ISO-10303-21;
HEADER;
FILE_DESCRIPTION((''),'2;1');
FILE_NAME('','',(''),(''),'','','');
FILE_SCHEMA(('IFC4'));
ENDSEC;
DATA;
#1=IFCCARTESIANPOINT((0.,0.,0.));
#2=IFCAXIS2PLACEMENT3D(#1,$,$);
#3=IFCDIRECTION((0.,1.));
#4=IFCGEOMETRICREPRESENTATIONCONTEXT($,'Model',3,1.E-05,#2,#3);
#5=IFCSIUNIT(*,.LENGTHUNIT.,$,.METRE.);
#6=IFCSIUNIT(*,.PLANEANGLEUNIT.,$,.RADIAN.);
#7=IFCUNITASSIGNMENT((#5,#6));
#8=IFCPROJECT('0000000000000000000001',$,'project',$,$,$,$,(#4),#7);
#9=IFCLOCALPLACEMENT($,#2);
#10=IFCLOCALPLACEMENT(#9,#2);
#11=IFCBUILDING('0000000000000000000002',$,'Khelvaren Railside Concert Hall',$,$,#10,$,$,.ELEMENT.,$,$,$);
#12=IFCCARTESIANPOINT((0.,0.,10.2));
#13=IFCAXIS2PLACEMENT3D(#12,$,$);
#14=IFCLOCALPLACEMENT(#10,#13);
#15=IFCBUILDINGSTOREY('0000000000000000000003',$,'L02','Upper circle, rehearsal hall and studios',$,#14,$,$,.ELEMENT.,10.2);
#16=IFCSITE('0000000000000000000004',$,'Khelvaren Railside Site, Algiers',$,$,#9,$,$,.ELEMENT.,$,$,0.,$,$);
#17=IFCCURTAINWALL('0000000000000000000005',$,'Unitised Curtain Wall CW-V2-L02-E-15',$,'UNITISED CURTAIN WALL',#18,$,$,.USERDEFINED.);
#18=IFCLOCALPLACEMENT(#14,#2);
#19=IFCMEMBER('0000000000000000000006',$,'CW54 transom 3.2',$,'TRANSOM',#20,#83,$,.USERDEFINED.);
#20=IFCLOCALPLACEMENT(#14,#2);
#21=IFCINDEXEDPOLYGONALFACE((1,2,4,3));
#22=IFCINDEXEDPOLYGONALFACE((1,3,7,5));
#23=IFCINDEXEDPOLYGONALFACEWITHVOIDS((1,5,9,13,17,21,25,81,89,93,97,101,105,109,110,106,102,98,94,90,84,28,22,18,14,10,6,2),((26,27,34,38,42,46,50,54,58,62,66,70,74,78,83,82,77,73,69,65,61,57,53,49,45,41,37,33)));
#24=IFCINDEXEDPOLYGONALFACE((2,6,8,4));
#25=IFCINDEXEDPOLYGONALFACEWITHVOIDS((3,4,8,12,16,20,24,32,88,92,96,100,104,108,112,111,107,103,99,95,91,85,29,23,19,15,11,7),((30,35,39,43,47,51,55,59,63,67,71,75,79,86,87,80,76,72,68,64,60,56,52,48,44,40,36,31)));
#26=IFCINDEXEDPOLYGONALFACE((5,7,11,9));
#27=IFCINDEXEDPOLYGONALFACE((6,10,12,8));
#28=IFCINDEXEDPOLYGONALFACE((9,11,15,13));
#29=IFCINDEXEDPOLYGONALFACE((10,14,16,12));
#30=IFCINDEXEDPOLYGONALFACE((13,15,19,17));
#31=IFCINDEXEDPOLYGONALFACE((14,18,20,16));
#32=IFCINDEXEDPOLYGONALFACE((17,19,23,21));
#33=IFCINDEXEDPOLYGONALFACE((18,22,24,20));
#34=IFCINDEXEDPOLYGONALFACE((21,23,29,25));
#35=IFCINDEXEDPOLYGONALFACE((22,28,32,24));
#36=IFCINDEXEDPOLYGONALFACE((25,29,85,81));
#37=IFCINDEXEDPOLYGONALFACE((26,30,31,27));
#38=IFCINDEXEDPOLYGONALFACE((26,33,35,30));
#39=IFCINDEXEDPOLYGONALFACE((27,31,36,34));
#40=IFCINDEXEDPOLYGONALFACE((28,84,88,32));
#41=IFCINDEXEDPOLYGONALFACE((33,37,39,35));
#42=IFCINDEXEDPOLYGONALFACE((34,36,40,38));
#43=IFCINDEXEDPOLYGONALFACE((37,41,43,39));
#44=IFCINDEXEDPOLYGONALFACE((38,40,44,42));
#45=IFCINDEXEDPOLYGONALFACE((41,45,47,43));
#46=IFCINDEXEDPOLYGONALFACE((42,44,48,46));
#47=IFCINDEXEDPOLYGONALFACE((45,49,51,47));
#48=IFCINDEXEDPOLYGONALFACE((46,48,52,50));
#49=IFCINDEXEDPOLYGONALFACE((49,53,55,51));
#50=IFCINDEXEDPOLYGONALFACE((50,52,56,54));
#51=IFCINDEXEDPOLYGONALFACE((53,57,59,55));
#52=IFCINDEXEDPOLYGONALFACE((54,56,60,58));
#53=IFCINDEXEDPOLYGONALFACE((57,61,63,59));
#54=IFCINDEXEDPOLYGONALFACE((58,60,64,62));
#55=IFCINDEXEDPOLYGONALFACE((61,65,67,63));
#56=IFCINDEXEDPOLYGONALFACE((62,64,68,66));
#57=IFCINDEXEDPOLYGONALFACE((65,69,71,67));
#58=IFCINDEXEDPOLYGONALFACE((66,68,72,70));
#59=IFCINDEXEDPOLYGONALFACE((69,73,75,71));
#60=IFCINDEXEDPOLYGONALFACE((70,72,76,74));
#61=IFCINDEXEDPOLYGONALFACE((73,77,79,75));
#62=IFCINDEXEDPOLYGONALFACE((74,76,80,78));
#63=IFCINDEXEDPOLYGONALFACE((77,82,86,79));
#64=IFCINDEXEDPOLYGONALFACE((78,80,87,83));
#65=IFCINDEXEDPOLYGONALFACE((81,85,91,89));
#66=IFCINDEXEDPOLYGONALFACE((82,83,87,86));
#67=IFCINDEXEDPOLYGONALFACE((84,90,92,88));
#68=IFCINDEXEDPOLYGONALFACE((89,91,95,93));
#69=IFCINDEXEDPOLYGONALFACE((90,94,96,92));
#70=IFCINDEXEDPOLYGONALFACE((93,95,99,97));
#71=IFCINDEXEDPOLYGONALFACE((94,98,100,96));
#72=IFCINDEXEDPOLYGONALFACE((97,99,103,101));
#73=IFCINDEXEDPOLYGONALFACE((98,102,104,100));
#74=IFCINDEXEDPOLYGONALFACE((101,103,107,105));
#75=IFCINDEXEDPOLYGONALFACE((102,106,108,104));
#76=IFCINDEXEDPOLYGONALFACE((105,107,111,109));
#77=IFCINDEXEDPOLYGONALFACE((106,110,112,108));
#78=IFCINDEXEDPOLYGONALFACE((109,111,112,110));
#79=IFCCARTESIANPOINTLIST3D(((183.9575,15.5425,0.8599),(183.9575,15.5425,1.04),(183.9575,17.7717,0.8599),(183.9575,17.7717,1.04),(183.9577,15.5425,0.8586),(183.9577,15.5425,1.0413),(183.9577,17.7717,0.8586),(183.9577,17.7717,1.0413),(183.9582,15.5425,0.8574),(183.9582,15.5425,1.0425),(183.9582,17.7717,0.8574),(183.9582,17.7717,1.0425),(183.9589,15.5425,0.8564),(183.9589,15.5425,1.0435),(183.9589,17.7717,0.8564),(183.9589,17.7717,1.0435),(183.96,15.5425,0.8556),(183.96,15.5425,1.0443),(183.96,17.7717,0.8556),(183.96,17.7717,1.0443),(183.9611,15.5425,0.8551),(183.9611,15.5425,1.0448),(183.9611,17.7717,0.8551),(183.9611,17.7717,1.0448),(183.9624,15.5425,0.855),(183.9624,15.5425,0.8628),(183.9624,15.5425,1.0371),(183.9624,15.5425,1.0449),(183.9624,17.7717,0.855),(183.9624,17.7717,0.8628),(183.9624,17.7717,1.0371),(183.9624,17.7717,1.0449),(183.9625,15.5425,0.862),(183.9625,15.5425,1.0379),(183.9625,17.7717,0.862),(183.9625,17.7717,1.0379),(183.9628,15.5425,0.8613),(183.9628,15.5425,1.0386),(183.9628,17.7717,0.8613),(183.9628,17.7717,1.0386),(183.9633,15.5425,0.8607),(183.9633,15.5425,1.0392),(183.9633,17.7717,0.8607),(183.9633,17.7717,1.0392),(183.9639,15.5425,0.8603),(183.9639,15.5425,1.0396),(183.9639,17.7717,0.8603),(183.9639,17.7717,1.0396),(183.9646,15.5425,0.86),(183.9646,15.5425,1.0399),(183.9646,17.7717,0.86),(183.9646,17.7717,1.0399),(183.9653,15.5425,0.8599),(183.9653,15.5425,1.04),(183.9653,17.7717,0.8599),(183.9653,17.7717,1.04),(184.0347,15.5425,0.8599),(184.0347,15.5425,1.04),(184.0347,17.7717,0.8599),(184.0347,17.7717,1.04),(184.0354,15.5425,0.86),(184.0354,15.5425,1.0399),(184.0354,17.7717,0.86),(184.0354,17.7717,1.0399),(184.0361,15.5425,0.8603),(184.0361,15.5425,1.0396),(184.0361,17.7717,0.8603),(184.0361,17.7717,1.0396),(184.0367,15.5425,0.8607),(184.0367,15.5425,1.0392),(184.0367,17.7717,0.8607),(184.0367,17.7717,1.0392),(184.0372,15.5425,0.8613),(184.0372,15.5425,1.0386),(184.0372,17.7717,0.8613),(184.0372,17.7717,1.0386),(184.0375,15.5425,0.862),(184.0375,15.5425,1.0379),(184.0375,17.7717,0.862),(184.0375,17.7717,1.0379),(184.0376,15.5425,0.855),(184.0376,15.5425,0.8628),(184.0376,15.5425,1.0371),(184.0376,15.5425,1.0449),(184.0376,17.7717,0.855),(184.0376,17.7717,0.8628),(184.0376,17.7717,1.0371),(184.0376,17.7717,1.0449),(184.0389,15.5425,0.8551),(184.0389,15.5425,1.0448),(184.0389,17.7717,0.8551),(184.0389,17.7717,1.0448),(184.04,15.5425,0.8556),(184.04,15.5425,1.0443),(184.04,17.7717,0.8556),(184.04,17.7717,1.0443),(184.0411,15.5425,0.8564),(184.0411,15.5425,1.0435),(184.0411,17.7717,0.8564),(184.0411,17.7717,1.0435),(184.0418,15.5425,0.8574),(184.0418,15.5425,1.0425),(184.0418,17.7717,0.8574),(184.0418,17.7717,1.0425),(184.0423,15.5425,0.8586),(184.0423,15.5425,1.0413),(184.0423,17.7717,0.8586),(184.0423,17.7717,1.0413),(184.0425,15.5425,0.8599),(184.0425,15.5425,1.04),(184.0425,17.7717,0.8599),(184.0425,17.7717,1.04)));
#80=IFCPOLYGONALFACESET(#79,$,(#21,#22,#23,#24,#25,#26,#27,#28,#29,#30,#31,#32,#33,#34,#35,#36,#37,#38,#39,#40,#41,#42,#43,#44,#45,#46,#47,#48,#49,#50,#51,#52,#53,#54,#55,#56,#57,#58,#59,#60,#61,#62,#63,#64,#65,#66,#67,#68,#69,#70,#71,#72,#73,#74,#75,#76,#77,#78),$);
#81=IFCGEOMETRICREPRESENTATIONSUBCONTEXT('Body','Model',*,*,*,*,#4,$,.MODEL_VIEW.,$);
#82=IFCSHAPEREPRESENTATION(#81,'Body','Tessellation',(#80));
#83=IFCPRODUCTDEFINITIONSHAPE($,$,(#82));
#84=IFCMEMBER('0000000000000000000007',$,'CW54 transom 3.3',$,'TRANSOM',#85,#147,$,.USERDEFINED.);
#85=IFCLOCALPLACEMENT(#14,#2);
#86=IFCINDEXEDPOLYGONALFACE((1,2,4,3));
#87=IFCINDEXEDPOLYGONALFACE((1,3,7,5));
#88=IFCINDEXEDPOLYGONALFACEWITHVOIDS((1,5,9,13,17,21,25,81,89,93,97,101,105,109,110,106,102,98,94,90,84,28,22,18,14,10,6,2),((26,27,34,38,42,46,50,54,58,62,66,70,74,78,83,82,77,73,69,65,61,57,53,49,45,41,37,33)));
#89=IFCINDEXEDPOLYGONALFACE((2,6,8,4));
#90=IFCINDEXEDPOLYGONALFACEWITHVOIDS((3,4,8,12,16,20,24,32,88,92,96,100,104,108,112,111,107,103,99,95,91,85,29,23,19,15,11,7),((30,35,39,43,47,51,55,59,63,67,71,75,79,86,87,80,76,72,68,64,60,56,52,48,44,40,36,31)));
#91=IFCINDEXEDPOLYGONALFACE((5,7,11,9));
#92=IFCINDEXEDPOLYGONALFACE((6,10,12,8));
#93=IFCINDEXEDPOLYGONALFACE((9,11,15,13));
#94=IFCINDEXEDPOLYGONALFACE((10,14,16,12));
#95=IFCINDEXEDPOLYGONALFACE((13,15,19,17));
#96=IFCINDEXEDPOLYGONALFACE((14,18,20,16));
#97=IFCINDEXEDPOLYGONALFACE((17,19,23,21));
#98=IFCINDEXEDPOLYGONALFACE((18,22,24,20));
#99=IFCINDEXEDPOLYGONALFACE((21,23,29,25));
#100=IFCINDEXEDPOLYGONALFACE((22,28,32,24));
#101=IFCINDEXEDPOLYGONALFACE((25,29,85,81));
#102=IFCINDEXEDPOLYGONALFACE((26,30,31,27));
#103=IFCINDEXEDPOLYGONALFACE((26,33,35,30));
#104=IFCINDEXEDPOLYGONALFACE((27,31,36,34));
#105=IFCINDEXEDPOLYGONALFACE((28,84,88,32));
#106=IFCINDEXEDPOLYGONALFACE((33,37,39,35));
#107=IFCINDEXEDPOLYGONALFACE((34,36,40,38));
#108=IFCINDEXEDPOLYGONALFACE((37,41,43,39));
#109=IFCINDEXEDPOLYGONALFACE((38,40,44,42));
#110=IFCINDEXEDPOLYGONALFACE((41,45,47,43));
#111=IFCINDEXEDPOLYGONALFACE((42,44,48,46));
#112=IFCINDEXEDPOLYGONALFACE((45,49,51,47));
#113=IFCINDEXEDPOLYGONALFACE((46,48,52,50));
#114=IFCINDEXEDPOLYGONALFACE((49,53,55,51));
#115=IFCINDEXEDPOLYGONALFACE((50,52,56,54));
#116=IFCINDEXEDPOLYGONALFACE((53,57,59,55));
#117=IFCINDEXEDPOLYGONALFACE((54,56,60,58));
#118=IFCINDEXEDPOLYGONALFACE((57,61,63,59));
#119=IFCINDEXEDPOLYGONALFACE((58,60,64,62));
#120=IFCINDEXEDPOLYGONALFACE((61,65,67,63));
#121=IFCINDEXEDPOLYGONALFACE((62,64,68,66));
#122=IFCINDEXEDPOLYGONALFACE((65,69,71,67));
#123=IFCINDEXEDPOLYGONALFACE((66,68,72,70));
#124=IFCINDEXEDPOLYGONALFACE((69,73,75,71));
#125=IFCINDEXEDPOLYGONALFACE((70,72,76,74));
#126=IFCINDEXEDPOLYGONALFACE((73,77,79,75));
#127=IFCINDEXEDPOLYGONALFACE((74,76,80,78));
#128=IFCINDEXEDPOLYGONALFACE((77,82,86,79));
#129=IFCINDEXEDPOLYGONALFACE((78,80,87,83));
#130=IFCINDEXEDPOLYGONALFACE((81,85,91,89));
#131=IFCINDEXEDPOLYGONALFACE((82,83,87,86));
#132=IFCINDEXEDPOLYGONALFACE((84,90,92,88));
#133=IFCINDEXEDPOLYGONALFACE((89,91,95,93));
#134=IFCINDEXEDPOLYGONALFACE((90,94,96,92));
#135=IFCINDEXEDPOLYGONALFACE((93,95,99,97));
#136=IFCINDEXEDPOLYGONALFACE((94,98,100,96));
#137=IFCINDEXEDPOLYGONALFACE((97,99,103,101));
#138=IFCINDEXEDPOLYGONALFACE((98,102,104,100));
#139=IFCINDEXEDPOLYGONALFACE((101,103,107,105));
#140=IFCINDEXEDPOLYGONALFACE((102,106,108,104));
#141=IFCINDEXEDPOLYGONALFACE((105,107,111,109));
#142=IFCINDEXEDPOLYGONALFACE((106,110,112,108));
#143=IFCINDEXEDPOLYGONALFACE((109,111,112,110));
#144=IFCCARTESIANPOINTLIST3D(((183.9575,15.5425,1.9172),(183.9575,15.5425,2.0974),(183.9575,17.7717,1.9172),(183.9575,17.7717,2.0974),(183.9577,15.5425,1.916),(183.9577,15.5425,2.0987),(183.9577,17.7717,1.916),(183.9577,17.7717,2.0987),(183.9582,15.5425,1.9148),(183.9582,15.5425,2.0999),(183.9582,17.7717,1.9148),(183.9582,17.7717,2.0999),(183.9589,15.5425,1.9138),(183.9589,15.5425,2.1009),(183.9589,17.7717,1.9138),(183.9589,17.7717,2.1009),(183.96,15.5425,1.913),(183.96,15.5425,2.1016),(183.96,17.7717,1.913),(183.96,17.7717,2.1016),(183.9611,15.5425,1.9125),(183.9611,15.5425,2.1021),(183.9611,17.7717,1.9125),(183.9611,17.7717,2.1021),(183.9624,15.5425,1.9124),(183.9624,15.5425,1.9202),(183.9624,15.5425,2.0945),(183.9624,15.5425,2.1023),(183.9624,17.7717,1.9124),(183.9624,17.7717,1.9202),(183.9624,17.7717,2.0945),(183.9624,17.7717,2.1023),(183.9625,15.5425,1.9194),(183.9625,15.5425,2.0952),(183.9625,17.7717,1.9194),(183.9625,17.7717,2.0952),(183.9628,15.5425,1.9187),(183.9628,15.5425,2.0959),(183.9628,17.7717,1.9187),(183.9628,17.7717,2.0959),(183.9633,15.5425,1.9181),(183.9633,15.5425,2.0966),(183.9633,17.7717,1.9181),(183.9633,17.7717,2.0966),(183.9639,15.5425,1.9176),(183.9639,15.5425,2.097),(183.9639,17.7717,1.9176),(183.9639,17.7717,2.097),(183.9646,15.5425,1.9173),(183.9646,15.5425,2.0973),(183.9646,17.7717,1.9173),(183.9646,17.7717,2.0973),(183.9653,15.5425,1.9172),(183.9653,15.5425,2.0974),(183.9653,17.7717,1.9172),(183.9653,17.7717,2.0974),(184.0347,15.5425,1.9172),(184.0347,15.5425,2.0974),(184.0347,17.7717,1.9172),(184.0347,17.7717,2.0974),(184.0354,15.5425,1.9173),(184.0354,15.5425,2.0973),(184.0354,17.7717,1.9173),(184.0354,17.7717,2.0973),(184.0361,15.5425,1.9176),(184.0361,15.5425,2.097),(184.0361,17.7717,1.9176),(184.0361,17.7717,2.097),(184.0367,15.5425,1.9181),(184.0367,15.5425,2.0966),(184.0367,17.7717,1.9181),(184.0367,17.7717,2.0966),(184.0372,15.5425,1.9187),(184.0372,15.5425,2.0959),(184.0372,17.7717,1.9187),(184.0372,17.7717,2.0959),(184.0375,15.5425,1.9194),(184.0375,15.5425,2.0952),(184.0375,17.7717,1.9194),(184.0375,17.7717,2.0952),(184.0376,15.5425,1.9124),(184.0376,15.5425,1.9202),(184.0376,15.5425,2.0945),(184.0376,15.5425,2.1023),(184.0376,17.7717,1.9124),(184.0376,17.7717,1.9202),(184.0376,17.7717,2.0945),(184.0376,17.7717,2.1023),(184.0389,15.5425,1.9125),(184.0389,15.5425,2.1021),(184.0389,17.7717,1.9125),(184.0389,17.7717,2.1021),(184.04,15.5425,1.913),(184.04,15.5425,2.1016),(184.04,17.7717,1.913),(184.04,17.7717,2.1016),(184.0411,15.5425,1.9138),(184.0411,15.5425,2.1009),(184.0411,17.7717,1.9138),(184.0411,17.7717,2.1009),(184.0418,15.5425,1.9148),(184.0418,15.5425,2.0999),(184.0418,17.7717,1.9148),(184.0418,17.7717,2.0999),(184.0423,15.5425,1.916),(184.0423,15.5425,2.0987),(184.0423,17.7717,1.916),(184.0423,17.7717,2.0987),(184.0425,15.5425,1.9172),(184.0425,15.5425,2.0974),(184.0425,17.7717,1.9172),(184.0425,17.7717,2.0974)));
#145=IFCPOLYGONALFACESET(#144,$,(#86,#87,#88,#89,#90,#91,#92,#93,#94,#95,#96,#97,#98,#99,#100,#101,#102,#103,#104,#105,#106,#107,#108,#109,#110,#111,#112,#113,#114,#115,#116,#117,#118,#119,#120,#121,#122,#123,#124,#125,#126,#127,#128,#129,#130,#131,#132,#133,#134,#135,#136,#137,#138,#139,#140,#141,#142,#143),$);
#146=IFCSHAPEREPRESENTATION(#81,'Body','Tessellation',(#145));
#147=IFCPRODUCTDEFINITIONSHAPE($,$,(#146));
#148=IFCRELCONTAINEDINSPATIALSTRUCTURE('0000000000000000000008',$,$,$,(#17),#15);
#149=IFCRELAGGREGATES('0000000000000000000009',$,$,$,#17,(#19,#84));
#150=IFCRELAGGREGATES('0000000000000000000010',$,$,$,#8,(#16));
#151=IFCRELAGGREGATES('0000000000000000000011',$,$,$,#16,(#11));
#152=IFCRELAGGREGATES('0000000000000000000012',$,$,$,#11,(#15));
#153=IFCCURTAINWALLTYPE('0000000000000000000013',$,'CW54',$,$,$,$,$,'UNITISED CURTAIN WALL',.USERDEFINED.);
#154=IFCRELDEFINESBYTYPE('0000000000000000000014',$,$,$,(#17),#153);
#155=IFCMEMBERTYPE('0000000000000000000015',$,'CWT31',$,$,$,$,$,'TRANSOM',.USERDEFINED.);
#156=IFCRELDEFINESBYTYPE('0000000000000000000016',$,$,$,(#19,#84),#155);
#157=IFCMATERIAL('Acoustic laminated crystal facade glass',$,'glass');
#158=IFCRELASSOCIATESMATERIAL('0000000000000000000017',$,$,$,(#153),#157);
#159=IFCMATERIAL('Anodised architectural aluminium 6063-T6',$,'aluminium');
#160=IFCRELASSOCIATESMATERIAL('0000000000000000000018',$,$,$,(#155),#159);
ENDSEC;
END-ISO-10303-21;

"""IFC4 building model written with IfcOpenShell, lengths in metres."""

from ifc_helpers import new_model, si_unit, direction, frame, origin, origin_2d, place, context, subcontext, project, spatial, hollow_rectangle, extrude, material, material_profile, profile_set, type_object, element, aggregate, save


model = new_model("IFC4")

# Units and contexts
model_context = context("Model", 3, precision=1e-05, world=origin(), true_north=direction((0.0, 1.0)))
body_context = subcontext(model_context, "Body", "Model", "MODEL_VIEW")
ifc_project = project(units=[si_unit("LENGTHUNIT", "METRE"), si_unit("PLANEANGLEUNIT", "RADIAN")], contexts=[model_context])

# Site, building, storey
site_placement = place(None, origin())
site = spatial("IfcSite", under=ifc_project, at=site_placement, Name="Khelvaren Railside Site, Algiers", CompositionType="ELEMENT", RefElevation=0.0)
building_placement = place(site_placement, origin())
building = spatial("IfcBuilding", under=site, at=building_placement, Name="Khelvaren Railside Concert Hall", CompositionType="ELEMENT")
storey_placement = place(building_placement, frame((0.0, 0.0, 10.2)))
storey = spatial("IfcBuildingStorey", under=building, at=storey_placement, Name="L02", Description="Upper circle, rehearsal hall and studios", CompositionType="ELEMENT", Elevation=10.2)

# Curtain wall, members
ifc_material_1 = material(Name="Acoustic laminated crystal facade glass", Category="glass")
curtain_wall_type = type_object("IfcCurtainWallType", Name="CW54", ElementType="UNITISED CURTAIN WALL", PredefinedType="USERDEFINED", material=ifc_material_1)
curtain_wall_placement = place(storey_placement, origin())
curtain_wall = element("IfcCurtainWall", 1, at=curtain_wall_placement, inside=storey, type_object=curtain_wall_type, Name="Unitised Curtain Wall CW-V2-L02-E-15", ObjectType="UNITISED CURTAIN WALL", PredefinedType="USERDEFINED")
ifc_material_2 = material(Name="Anodised architectural aluminium 6063-T6", Category="aluminium")
ifc_material_profile_1 = material_profile(ifc_material_2, hollow_rectangle(XDim=0.085, YDim=0.1899, WallThickness=0.0049, InnerFilletRadius=0.0029, OuterFilletRadius=0.0049, at=origin_2d()), Name="CWT 85x190x5")
ifc_profile_set_1 = profile_set([ifc_material_profile_1], Name="Anodised architectural aluminium 6063-T6")
member_type_1 = type_object("IfcMemberType", Name="CWT31", ElementType="TRANSOM", PredefinedType="USERDEFINED", material=ifc_profile_set_1)
member_1_placement = place(storey_placement, frame((184.0, 17.7717, 0.95), z_axis=(0.0, -1.0, 0.0), x_axis=(1.0, 0.0, 0.0)))
member_1 = element("IfcMember", 2, at=member_1_placement, type_object=member_type_1, Name="CW54 transom 3.2", ObjectType="TRANSOM", PredefinedType="USERDEFINED", context=body_context, shape_type="SweptSolid", body=[
    extrude(hollow_rectangle(XDim=0.085, YDim=0.1899, WallThickness=0.0049, InnerFilletRadius=0.0029, OuterFilletRadius=0.0049, at=origin_2d()), origin(), (0.0, 0.0, 1.0), 2.2292),
])
member_2_placement = place(storey_placement, frame((184.0, 17.7717, 2.0073), z_axis=(0.0, -1.0, 0.0), x_axis=(1.0, 0.0, 0.0)))
member_2 = element("IfcMember", 3, at=member_2_placement, type_object=member_type_1, Name="CW54 transom 3.3", ObjectType="TRANSOM", PredefinedType="USERDEFINED", context=body_context, shape_type="SweptSolid", body=[
    extrude(hollow_rectangle(XDim=0.085, YDim=0.1899, WallThickness=0.0049, InnerFilletRadius=0.0029, OuterFilletRadius=0.0049, at=origin_2d()), origin(), (0.0, 0.0, 1.0), 2.2292),
])
aggregate(curtain_wall, [member_1, member_2])

save(model, "model.ifc")
